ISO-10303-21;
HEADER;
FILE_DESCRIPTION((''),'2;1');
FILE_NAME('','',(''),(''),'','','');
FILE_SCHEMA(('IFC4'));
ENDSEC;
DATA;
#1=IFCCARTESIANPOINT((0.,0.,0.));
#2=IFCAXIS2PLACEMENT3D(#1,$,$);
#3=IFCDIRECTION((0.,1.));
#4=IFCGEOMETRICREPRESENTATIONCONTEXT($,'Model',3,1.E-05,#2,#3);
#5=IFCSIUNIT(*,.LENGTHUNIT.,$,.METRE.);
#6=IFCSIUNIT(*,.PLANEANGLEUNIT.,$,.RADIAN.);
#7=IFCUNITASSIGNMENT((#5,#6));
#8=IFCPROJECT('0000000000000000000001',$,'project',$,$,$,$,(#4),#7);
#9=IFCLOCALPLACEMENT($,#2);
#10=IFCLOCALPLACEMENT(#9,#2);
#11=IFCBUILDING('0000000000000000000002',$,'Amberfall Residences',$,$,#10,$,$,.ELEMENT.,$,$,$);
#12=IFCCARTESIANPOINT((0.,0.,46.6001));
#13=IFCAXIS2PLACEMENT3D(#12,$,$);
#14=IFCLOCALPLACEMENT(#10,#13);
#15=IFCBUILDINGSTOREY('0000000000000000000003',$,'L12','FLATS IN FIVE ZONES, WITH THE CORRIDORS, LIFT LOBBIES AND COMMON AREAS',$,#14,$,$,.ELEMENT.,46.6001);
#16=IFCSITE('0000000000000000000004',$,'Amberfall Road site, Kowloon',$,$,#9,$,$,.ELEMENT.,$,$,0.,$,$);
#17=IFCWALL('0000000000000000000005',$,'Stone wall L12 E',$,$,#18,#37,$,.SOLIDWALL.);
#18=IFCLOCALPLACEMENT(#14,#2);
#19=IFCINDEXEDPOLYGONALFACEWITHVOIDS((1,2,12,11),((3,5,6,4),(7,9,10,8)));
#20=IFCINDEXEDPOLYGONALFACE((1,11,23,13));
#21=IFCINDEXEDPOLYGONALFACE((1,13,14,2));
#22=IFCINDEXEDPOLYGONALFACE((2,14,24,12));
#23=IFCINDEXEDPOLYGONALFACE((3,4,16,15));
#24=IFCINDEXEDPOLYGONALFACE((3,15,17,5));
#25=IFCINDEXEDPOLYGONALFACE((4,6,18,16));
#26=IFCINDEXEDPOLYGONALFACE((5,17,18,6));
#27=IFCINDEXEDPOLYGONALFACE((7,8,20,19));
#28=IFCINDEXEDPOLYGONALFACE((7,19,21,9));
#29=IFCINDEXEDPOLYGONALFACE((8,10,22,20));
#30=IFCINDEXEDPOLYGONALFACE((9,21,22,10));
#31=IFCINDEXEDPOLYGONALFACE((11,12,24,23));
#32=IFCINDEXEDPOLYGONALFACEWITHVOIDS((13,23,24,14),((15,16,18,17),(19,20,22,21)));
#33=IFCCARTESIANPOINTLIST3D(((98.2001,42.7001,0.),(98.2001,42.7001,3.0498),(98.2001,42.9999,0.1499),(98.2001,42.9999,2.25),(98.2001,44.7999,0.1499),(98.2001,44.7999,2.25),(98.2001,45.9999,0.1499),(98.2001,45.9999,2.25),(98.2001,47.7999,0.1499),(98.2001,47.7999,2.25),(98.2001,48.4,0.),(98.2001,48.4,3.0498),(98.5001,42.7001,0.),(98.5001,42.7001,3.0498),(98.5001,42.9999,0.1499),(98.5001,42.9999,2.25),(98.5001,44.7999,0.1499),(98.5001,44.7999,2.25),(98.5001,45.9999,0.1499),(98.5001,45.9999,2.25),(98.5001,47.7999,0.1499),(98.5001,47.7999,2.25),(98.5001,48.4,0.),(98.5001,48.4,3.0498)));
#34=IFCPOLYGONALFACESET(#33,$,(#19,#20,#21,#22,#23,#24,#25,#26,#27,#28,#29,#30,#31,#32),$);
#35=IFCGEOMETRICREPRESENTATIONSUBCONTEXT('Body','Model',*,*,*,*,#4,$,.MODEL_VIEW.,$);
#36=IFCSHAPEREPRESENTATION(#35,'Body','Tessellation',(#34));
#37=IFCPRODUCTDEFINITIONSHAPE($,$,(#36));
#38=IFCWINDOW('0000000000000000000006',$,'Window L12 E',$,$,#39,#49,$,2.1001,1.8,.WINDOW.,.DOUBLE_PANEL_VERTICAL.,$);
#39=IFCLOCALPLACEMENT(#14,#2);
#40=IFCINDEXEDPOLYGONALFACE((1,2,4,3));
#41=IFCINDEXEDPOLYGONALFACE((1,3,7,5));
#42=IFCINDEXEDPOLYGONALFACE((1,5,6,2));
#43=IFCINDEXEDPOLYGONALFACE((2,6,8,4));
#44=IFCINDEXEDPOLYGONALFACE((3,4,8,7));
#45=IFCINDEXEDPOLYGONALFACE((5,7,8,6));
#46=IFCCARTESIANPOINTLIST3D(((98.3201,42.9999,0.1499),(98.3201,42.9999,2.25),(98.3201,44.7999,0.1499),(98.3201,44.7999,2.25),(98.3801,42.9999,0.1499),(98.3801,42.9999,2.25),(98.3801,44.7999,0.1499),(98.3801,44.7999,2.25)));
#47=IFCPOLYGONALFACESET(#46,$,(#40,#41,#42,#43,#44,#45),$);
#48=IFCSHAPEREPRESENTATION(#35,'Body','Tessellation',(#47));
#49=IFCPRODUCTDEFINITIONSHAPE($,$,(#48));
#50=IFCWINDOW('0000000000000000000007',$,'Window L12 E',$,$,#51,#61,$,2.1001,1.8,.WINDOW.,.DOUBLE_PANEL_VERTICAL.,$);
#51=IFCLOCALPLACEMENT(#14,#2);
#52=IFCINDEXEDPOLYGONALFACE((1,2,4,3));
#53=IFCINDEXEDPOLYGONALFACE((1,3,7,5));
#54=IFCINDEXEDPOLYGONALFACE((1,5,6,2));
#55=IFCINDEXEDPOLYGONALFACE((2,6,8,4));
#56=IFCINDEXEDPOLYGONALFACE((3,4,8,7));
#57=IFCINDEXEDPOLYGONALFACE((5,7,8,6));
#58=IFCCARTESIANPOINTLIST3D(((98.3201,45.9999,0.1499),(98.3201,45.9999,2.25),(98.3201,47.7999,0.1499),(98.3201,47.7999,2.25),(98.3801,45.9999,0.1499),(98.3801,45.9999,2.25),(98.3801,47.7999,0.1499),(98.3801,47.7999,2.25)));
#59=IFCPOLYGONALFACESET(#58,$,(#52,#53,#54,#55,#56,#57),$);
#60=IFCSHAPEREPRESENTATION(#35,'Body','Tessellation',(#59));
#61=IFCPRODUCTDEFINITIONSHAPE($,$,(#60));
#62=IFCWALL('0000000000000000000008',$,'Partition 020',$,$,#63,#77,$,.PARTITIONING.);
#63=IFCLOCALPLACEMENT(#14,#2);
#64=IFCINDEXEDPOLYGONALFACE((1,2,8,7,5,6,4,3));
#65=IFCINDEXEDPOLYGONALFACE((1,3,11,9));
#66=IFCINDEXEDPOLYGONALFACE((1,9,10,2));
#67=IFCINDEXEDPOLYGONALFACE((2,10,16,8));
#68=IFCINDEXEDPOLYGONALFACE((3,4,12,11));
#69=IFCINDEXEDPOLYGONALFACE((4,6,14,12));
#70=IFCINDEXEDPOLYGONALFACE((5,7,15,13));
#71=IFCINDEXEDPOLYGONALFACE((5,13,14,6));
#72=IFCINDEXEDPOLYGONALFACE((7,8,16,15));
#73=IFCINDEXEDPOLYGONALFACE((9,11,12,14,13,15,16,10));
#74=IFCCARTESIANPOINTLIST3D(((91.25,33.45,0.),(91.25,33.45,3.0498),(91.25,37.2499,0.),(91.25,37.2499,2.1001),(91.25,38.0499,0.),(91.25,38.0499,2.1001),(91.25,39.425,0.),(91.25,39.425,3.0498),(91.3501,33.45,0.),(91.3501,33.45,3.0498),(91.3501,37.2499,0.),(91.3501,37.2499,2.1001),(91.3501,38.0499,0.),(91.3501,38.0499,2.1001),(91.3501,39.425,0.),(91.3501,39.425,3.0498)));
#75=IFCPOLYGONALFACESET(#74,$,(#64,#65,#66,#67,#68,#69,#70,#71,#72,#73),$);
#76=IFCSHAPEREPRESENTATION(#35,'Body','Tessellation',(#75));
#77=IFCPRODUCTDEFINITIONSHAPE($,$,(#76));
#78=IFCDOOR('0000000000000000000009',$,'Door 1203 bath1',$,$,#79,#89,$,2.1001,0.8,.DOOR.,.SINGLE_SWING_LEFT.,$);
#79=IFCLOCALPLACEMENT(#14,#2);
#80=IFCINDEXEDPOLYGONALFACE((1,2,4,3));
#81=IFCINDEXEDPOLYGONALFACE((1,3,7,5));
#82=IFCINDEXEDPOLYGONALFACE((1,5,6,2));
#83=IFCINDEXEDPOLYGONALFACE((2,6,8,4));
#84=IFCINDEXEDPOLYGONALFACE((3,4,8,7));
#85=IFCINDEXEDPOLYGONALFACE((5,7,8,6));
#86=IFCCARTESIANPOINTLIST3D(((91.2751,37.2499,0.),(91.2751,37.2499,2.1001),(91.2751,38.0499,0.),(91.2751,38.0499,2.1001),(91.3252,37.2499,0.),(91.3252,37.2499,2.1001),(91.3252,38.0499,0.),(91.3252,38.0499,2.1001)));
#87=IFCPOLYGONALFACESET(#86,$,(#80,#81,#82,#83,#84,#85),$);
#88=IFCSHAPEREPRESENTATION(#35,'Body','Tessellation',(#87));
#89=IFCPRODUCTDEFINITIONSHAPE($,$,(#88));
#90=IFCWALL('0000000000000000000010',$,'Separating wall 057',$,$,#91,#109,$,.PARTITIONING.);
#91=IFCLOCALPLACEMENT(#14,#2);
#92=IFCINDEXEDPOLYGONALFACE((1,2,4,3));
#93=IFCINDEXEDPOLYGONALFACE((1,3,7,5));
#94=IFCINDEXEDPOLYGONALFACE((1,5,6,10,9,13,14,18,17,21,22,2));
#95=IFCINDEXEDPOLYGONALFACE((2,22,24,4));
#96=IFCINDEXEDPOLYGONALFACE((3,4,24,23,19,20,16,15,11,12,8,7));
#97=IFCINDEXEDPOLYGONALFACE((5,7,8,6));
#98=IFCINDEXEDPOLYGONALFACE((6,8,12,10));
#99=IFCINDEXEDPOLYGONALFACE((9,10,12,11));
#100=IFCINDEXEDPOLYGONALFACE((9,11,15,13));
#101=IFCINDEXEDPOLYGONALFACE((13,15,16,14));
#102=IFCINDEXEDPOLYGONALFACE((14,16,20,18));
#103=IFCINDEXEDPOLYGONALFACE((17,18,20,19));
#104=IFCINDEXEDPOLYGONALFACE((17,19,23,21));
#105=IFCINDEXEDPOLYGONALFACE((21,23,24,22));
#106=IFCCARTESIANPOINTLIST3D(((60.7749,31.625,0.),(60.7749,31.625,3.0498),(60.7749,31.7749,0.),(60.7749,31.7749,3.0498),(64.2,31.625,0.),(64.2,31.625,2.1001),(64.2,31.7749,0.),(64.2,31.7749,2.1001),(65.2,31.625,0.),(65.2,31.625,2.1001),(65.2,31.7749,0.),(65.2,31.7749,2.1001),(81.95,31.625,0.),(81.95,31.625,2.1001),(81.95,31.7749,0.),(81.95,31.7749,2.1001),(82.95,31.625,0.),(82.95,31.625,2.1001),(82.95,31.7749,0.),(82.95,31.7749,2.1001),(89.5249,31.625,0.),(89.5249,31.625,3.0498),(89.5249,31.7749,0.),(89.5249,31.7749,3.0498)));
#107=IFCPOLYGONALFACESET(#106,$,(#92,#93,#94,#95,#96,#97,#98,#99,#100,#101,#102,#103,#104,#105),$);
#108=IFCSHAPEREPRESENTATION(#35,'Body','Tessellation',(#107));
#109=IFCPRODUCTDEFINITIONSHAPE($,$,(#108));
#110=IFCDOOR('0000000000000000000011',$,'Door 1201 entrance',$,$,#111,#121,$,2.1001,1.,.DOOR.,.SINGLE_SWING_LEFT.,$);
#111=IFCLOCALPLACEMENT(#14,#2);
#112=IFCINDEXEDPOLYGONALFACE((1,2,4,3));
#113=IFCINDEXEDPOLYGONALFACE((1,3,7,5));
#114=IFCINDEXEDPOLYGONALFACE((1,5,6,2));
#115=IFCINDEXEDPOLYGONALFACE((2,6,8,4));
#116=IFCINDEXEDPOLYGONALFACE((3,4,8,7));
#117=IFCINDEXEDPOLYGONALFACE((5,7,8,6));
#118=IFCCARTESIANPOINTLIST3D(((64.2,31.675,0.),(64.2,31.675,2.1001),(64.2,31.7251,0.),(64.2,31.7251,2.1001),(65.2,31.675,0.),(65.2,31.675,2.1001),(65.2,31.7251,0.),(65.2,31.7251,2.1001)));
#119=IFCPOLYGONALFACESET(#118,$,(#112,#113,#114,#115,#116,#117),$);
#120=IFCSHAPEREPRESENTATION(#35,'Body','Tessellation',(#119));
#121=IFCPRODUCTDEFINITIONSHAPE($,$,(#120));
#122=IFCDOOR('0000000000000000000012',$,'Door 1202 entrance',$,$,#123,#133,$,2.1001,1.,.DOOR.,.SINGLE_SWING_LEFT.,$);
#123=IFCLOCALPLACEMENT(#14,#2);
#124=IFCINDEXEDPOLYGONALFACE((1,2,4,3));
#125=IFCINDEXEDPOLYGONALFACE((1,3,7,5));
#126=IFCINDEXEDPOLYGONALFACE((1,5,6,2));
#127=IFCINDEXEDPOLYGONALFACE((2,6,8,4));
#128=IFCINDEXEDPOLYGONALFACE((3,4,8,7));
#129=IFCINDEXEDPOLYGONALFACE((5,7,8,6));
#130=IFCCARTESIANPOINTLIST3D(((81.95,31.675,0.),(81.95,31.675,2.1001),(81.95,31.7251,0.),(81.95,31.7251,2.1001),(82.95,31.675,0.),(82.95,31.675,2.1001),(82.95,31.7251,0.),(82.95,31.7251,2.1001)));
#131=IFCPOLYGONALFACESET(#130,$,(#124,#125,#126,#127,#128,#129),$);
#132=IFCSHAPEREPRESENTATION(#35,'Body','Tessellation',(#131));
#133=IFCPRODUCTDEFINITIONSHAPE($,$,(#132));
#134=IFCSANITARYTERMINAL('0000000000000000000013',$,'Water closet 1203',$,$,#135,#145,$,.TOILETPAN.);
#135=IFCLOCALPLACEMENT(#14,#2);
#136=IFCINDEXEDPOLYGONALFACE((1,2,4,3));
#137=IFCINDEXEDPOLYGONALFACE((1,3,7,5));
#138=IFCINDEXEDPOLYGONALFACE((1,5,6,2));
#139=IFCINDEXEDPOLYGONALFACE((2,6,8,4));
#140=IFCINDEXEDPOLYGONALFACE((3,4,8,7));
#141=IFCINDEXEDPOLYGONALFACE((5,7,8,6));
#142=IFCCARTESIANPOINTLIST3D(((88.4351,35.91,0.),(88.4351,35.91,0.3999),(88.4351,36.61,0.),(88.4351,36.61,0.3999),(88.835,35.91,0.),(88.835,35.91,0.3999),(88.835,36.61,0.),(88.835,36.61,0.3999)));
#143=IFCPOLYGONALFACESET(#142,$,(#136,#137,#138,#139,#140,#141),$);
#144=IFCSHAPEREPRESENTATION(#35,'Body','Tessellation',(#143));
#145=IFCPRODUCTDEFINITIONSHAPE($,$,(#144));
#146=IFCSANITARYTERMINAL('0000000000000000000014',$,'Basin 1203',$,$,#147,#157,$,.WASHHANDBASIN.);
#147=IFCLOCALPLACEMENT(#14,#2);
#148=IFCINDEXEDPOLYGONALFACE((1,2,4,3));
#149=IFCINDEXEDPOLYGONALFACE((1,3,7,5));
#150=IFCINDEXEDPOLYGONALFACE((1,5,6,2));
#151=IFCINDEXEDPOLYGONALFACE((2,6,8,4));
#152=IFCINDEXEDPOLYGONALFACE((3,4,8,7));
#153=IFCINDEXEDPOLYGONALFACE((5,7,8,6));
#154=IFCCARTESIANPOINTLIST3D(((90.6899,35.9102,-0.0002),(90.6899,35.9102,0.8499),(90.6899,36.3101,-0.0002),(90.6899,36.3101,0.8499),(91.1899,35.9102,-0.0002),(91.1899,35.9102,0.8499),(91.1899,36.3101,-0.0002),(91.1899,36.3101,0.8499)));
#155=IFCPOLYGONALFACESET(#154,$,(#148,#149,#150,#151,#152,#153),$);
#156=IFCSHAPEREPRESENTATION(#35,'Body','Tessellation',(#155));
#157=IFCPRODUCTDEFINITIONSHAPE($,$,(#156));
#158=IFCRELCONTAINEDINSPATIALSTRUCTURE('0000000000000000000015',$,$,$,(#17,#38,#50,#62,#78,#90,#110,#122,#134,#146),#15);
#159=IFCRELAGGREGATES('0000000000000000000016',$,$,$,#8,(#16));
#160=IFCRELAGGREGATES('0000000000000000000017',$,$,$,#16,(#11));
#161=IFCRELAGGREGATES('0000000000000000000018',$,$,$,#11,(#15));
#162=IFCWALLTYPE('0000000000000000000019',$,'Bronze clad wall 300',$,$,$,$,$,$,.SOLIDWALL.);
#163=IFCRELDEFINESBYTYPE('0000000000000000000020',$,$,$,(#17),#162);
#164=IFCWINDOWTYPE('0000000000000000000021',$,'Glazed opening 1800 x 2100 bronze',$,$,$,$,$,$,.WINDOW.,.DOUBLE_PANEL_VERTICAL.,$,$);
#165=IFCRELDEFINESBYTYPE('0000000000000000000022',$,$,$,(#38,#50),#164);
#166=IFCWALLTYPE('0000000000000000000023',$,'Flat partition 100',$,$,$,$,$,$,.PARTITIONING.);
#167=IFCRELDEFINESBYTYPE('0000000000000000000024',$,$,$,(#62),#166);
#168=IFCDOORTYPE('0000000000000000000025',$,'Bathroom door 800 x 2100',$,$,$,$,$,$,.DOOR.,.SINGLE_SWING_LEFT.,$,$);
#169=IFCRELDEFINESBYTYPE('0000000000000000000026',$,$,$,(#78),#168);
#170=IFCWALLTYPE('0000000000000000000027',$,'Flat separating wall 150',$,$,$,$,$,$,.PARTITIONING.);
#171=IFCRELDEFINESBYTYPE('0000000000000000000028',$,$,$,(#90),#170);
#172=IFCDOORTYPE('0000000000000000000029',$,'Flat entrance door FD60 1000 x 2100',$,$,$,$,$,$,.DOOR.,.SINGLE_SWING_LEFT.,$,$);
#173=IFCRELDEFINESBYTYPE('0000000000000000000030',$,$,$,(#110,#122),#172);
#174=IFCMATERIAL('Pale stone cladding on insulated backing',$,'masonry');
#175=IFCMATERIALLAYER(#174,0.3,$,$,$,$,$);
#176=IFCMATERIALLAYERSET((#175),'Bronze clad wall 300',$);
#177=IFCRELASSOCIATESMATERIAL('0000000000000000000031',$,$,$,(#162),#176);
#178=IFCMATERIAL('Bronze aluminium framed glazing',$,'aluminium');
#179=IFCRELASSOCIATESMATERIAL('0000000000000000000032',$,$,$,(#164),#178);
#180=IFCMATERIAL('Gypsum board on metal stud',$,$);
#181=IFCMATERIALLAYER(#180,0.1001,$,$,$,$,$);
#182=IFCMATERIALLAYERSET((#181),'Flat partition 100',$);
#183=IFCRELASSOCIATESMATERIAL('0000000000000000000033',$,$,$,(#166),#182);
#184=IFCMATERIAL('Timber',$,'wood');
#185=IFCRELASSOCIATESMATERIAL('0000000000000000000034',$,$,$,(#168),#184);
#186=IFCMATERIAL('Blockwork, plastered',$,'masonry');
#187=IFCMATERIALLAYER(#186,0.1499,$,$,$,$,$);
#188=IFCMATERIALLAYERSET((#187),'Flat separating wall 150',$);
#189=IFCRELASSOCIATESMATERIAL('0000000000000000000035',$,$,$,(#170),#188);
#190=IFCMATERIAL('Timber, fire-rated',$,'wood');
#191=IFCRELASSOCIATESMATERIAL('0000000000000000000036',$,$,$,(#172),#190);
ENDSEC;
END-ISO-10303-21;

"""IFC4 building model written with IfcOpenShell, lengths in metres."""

from ifc_helpers import new_model, si_unit, direction, frame, frame_2d, origin, origin_2d, place, context, subcontext, project, spatial, rectangle, extrude, material, layer, layer_set, type_object, element, fill, save


model = new_model("IFC4")

# Units and contexts
model_context = context("Model", 3, precision=1e-05, world=origin(), true_north=direction((0.0, 1.0)))
body_context = subcontext(model_context, "Body", "Model", "MODEL_VIEW")
ifc_project = project(units=[si_unit("LENGTHUNIT", "METRE"), si_unit("PLANEANGLEUNIT", "RADIAN")], contexts=[model_context])

# Site, building, storey
site_placement = place(None, origin())
site = spatial("IfcSite", under=ifc_project, at=site_placement, Name="Amberfall Road site, Kowloon", CompositionType="ELEMENT", RefElevation=0.0)
building_placement = place(site_placement, origin())
building = spatial("IfcBuilding", under=site, at=building_placement, Name="Amberfall Residences", CompositionType="ELEMENT")
storey_placement = place(building_placement, frame((0.0, 0.0, 46.6001)))
storey = spatial("IfcBuildingStorey", under=building, at=storey_placement, Name="L12", Description="FLATS IN FIVE ZONES, WITH THE CORRIDORS, LIFT LOBBIES AND COMMON AREAS", CompositionType="ELEMENT", Elevation=46.6001)

# Shared definitions
ifc_material_1 = material(Name="Pale stone cladding on insulated backing", Category="masonry")
ifc_layer_1 = layer(ifc_material_1, 0.3)
ifc_layer_set_1 = layer_set([ifc_layer_1], Name="Bronze clad wall 300")
wall_type_1 = type_object("IfcWallType", Name="Bronze clad wall 300", PredefinedType="SOLIDWALL", material=ifc_layer_set_1)

# Shared definitions
ifc_material_2 = material(Name="Bronze aluminium framed glazing", Category="aluminium")

# Wall, openings, windows
window_type_1 = type_object("IfcWindowType", Name="Glazed opening 1800 x 2100 bronze", PartitioningType="DOUBLE_PANEL_VERTICAL", PredefinedType="WINDOW", material=ifc_material_2)
wall_1_placement = place(storey_placement, frame((98.3501, 42.7, 0.0), z_axis=(0.0, 0.0, 1.0), x_axis=(0.0, 1.0, 0.0)))
wall_1 = element("IfcWall", 1, at=wall_1_placement, inside=storey, type_object=wall_type_1, Name="Stone wall L12 E", PredefinedType="SOLIDWALL", context=body_context, shape_type="SweptSolid", body=[
    extrude(rectangle(XDim=5.7, YDim=0.3, at=frame_2d((2.8501, 0.0))), origin(), (0.0, 0.0, 1.0), 3.0498),
])
opening_1_placement = place(wall_1_placement, frame((0.3, 0.0, 0.1499)))
opening_1 = element("IfcOpeningElement", 2, at=opening_1_placement, cuts=wall_1, PredefinedType="OPENING", context=body_context, shape_type="SweptSolid", body=[
    extrude(rectangle(XDim=1.8, YDim=2.1001, at=frame_2d((0.8999, 1.05))), frame((0.0, 0.1599, 0.0), z_axis=(0.0, -1.0, 0.0), x_axis=(1.0, 0.0, 0.0)), (0.0, 0.0, 1.0), 0.3201),
])
opening_2_placement = place(wall_1_placement, frame((3.3, 0.0, 0.1499)))
opening_2 = element("IfcOpeningElement", 3, at=opening_2_placement, cuts=wall_1, PredefinedType="OPENING", context=body_context, shape_type="SweptSolid", body=[
    extrude(rectangle(XDim=1.8, YDim=2.1001, at=frame_2d((0.8999, 1.05))), frame((0.0, 0.1599, 0.0), z_axis=(0.0, -1.0, 0.0), x_axis=(1.0, 0.0, 0.0)), (0.0, 0.0, 1.0), 0.3201),
])
window_1_placement = place(opening_1_placement, origin())
window_1 = element("IfcWindow", 4, at=window_1_placement, inside=storey, type_object=window_type_1, Name="Window L12 E", OverallHeight=2.1001, OverallWidth=1.8, PartitioningType="DOUBLE_PANEL_VERTICAL", PredefinedType="WINDOW", context=body_context, shape_type="SweptSolid", body=[
    extrude(rectangle(XDim=1.8, YDim=2.1001, at=frame_2d((0.8999, 1.05))), frame((0.0, 0.03, 0.0), z_axis=(0.0, -1.0, 0.0), x_axis=(1.0, 0.0, 0.0)), (0.0, 0.0, 1.0), 0.0601),
])
fill(opening_1, window_1)
window_2_placement = place(opening_2_placement, origin())
window_2 = element("IfcWindow", 5, at=window_2_placement, inside=storey, type_object=window_type_1, Name="Window L12 E", OverallHeight=2.1001, OverallWidth=1.8, PartitioningType="DOUBLE_PANEL_VERTICAL", PredefinedType="WINDOW", context=body_context, shape_type="SweptSolid", body=[
    extrude(rectangle(XDim=1.8, YDim=2.1001, at=frame_2d((0.8999, 1.05))), frame((0.0, 0.03, 0.0), z_axis=(0.0, -1.0, 0.0), x_axis=(1.0, 0.0, 0.0)), (0.0, 0.0, 1.0), 0.0601),
])
fill(opening_2, window_2)

# Wall, opening, door
ifc_material_3 = material(Name="Gypsum board on metal stud")
ifc_layer_2 = layer(ifc_material_3, 0.1001)
ifc_layer_set_2 = layer_set([ifc_layer_2], Name="Flat partition 100")
wall_type_2 = type_object("IfcWallType", Name="Flat partition 100", PredefinedType="PARTITIONING", material=ifc_layer_set_2)
wall_2_placement = place(storey_placement, frame((91.3, 33.45, 0.0), z_axis=(0.0, 0.0, 1.0), x_axis=(0.0, 1.0, 0.0)))
wall_2 = element("IfcWall", 6, at=wall_2_placement, inside=storey, type_object=wall_type_2, Name="Partition 020", PredefinedType="PARTITIONING", context=body_context, shape_type="SweptSolid", body=[
    extrude(rectangle(XDim=5.9751, YDim=0.1001, at=frame_2d((2.9875, 0.0))), origin(), (0.0, 0.0, 1.0), 3.0498),
])
opening_3_placement = place(wall_2_placement, frame((3.8, 0.0, 0.0)))
opening_3 = element("IfcOpeningElement", 7, at=opening_3_placement, cuts=wall_2, PredefinedType="OPENING", context=body_context, shape_type="SweptSolid", body=[
    extrude(rectangle(XDim=0.8, YDim=2.1001, at=frame_2d((0.3999, 1.05))), frame((0.0, 0.0601, 0.0), z_axis=(0.0, -1.0, 0.0), x_axis=(1.0, 0.0, 0.0)), (0.0, 0.0, 1.0), 0.1201),
])
ifc_material_4 = material(Name="Timber", Category="wood")
door_type_1 = type_object("IfcDoorType", Name="Bathroom door 800 x 2100", OperationType="SINGLE_SWING_LEFT", PredefinedType="DOOR", material=ifc_material_4)
door_1_placement = place(opening_3_placement, origin())
door_1 = element("IfcDoor", 8, at=door_1_placement, inside=storey, type_object=door_type_1, Name="Door 1203 bath1", OperationType="SINGLE_SWING_LEFT", OverallHeight=2.1001, OverallWidth=0.8, PredefinedType="DOOR", context=body_context, shape_type="SweptSolid", body=[
    extrude(rectangle(XDim=0.8, YDim=2.1001, at=frame_2d((0.3999, 1.05))), frame((0.0, 0.0249, 0.0), z_axis=(0.0, -1.0, 0.0), x_axis=(1.0, 0.0, 0.0)), (0.0, 0.0, 1.0), 0.05),
])
fill(opening_3, door_1)

# Wall, openings, doors
ifc_material_5 = material(Name="Blockwork, plastered", Category="masonry")
ifc_layer_3 = layer(ifc_material_5, 0.1499)
ifc_layer_set_3 = layer_set([ifc_layer_3], Name="Flat separating wall 150")
wall_type_3 = type_object("IfcWallType", Name="Flat separating wall 150", PredefinedType="PARTITIONING", material=ifc_layer_set_3)
wall_3_placement = place(storey_placement, frame((89.5249, 31.7, 0.0), z_axis=(0.0, 0.0, 1.0), x_axis=(-1.0, 0.0, 0.0)))
wall_3 = element("IfcWall", 9, at=wall_3_placement, inside=storey, type_object=wall_type_3, Name="Separating wall 057", PredefinedType="PARTITIONING", context=body_context, shape_type="SweptSolid", body=[
    extrude(rectangle(XDim=28.75, YDim=0.1499, at=frame_2d((14.375, 0.0))), origin(), (0.0, 0.0, 1.0), 3.0498),
])
opening_4_placement = place(wall_3_placement, frame((24.325, 0.0, 0.0)))
opening_4 = element("IfcOpeningElement", 10, at=opening_4_placement, cuts=wall_3, PredefinedType="OPENING", context=body_context, shape_type="SweptSolid", body=[
    extrude(rectangle(XDim=1.0, YDim=2.1001, at=frame_2d((0.5, 1.05))), frame((0.0, 0.085, 0.0), z_axis=(0.0, -1.0, 0.0), x_axis=(1.0, 0.0, 0.0)), (0.0, 0.0, 1.0), 0.1699),
])
opening_5_placement = place(wall_3_placement, frame((6.575, 0.0, 0.0)))
opening_5 = element("IfcOpeningElement", 11, at=opening_5_placement, cuts=wall_3, PredefinedType="OPENING", context=body_context, shape_type="SweptSolid", body=[
    extrude(rectangle(XDim=1.0, YDim=2.1001, at=frame_2d((0.5, 1.05))), frame((0.0, 0.085, 0.0), z_axis=(0.0, -1.0, 0.0), x_axis=(1.0, 0.0, 0.0)), (0.0, 0.0, 1.0), 0.1699),
])
ifc_material_6 = material(Name="Timber, fire-rated", Category="wood")
door_type_2 = type_object("IfcDoorType", Name="Flat entrance door FD60 1000 x 2100", OperationType="SINGLE_SWING_LEFT", PredefinedType="DOOR", material=ifc_material_6)
door_2_placement = place(opening_4_placement, origin())
door_2 = element("IfcDoor", 12, at=door_2_placement, inside=storey, type_object=door_type_2, Name="Door 1201 entrance", OperationType="SINGLE_SWING_LEFT", OverallHeight=2.1001, OverallWidth=1.0, PredefinedType="DOOR", context=body_context, shape_type="SweptSolid", body=[
    extrude(rectangle(XDim=1.0, YDim=2.1001, at=frame_2d((0.5, 1.05))), frame((0.0, 0.0249, 0.0), z_axis=(0.0, -1.0, 0.0), x_axis=(1.0, 0.0, 0.0)), (0.0, 0.0, 1.0), 0.05),
])
fill(opening_4, door_2)
door_3_placement = place(opening_5_placement, origin())
door_3 = element("IfcDoor", 13, at=door_3_placement, inside=storey, type_object=door_type_2, Name="Door 1202 entrance", OperationType="SINGLE_SWING_LEFT", OverallHeight=2.1001, OverallWidth=1.0, PredefinedType="DOOR", context=body_context, shape_type="SweptSolid", body=[
    extrude(rectangle(XDim=1.0, YDim=2.1001, at=frame_2d((0.5, 1.05))), frame((0.0, 0.0249, 0.0), z_axis=(0.0, -1.0, 0.0), x_axis=(1.0, 0.0, 0.0)), (0.0, 0.0, 1.0), 0.05),
])
fill(opening_5, door_3)

# Sanitary terminals
sanitary_terminal_1_placement = place(storey_placement, frame((88.635, 36.26, 0.0), z_axis=(0.0, 0.0, 1.0), x_axis=(1.0, 0.0, 0.0)))
element("IfcSanitaryTerminal", 14, at=sanitary_terminal_1_placement, inside=storey, Name="Water closet 1203", PredefinedType="TOILETPAN", context=body_context, shape_type="SweptSolid", body=[
    extrude(rectangle(XDim=0.3999, YDim=0.7, at=origin_2d()), origin(), (0.0, 0.0, 1.0), 0.3999),
])
sanitary_terminal_2_placement = place(storey_placement, frame((90.9399, 36.1101, -0.0002), z_axis=(0.0, 0.0, 1.0), x_axis=(1.0, 0.0, 0.0)))
element("IfcSanitaryTerminal", 15, at=sanitary_terminal_2_placement, inside=storey, Name="Basin 1203", PredefinedType="WASHHANDBASIN", context=body_context, shape_type="SweptSolid", body=[
    extrude(rectangle(XDim=0.5, YDim=0.3999, at=origin_2d()), origin(), (0.0, 0.0, 1.0), 0.8501),
])

save(model, "model.ifc")
